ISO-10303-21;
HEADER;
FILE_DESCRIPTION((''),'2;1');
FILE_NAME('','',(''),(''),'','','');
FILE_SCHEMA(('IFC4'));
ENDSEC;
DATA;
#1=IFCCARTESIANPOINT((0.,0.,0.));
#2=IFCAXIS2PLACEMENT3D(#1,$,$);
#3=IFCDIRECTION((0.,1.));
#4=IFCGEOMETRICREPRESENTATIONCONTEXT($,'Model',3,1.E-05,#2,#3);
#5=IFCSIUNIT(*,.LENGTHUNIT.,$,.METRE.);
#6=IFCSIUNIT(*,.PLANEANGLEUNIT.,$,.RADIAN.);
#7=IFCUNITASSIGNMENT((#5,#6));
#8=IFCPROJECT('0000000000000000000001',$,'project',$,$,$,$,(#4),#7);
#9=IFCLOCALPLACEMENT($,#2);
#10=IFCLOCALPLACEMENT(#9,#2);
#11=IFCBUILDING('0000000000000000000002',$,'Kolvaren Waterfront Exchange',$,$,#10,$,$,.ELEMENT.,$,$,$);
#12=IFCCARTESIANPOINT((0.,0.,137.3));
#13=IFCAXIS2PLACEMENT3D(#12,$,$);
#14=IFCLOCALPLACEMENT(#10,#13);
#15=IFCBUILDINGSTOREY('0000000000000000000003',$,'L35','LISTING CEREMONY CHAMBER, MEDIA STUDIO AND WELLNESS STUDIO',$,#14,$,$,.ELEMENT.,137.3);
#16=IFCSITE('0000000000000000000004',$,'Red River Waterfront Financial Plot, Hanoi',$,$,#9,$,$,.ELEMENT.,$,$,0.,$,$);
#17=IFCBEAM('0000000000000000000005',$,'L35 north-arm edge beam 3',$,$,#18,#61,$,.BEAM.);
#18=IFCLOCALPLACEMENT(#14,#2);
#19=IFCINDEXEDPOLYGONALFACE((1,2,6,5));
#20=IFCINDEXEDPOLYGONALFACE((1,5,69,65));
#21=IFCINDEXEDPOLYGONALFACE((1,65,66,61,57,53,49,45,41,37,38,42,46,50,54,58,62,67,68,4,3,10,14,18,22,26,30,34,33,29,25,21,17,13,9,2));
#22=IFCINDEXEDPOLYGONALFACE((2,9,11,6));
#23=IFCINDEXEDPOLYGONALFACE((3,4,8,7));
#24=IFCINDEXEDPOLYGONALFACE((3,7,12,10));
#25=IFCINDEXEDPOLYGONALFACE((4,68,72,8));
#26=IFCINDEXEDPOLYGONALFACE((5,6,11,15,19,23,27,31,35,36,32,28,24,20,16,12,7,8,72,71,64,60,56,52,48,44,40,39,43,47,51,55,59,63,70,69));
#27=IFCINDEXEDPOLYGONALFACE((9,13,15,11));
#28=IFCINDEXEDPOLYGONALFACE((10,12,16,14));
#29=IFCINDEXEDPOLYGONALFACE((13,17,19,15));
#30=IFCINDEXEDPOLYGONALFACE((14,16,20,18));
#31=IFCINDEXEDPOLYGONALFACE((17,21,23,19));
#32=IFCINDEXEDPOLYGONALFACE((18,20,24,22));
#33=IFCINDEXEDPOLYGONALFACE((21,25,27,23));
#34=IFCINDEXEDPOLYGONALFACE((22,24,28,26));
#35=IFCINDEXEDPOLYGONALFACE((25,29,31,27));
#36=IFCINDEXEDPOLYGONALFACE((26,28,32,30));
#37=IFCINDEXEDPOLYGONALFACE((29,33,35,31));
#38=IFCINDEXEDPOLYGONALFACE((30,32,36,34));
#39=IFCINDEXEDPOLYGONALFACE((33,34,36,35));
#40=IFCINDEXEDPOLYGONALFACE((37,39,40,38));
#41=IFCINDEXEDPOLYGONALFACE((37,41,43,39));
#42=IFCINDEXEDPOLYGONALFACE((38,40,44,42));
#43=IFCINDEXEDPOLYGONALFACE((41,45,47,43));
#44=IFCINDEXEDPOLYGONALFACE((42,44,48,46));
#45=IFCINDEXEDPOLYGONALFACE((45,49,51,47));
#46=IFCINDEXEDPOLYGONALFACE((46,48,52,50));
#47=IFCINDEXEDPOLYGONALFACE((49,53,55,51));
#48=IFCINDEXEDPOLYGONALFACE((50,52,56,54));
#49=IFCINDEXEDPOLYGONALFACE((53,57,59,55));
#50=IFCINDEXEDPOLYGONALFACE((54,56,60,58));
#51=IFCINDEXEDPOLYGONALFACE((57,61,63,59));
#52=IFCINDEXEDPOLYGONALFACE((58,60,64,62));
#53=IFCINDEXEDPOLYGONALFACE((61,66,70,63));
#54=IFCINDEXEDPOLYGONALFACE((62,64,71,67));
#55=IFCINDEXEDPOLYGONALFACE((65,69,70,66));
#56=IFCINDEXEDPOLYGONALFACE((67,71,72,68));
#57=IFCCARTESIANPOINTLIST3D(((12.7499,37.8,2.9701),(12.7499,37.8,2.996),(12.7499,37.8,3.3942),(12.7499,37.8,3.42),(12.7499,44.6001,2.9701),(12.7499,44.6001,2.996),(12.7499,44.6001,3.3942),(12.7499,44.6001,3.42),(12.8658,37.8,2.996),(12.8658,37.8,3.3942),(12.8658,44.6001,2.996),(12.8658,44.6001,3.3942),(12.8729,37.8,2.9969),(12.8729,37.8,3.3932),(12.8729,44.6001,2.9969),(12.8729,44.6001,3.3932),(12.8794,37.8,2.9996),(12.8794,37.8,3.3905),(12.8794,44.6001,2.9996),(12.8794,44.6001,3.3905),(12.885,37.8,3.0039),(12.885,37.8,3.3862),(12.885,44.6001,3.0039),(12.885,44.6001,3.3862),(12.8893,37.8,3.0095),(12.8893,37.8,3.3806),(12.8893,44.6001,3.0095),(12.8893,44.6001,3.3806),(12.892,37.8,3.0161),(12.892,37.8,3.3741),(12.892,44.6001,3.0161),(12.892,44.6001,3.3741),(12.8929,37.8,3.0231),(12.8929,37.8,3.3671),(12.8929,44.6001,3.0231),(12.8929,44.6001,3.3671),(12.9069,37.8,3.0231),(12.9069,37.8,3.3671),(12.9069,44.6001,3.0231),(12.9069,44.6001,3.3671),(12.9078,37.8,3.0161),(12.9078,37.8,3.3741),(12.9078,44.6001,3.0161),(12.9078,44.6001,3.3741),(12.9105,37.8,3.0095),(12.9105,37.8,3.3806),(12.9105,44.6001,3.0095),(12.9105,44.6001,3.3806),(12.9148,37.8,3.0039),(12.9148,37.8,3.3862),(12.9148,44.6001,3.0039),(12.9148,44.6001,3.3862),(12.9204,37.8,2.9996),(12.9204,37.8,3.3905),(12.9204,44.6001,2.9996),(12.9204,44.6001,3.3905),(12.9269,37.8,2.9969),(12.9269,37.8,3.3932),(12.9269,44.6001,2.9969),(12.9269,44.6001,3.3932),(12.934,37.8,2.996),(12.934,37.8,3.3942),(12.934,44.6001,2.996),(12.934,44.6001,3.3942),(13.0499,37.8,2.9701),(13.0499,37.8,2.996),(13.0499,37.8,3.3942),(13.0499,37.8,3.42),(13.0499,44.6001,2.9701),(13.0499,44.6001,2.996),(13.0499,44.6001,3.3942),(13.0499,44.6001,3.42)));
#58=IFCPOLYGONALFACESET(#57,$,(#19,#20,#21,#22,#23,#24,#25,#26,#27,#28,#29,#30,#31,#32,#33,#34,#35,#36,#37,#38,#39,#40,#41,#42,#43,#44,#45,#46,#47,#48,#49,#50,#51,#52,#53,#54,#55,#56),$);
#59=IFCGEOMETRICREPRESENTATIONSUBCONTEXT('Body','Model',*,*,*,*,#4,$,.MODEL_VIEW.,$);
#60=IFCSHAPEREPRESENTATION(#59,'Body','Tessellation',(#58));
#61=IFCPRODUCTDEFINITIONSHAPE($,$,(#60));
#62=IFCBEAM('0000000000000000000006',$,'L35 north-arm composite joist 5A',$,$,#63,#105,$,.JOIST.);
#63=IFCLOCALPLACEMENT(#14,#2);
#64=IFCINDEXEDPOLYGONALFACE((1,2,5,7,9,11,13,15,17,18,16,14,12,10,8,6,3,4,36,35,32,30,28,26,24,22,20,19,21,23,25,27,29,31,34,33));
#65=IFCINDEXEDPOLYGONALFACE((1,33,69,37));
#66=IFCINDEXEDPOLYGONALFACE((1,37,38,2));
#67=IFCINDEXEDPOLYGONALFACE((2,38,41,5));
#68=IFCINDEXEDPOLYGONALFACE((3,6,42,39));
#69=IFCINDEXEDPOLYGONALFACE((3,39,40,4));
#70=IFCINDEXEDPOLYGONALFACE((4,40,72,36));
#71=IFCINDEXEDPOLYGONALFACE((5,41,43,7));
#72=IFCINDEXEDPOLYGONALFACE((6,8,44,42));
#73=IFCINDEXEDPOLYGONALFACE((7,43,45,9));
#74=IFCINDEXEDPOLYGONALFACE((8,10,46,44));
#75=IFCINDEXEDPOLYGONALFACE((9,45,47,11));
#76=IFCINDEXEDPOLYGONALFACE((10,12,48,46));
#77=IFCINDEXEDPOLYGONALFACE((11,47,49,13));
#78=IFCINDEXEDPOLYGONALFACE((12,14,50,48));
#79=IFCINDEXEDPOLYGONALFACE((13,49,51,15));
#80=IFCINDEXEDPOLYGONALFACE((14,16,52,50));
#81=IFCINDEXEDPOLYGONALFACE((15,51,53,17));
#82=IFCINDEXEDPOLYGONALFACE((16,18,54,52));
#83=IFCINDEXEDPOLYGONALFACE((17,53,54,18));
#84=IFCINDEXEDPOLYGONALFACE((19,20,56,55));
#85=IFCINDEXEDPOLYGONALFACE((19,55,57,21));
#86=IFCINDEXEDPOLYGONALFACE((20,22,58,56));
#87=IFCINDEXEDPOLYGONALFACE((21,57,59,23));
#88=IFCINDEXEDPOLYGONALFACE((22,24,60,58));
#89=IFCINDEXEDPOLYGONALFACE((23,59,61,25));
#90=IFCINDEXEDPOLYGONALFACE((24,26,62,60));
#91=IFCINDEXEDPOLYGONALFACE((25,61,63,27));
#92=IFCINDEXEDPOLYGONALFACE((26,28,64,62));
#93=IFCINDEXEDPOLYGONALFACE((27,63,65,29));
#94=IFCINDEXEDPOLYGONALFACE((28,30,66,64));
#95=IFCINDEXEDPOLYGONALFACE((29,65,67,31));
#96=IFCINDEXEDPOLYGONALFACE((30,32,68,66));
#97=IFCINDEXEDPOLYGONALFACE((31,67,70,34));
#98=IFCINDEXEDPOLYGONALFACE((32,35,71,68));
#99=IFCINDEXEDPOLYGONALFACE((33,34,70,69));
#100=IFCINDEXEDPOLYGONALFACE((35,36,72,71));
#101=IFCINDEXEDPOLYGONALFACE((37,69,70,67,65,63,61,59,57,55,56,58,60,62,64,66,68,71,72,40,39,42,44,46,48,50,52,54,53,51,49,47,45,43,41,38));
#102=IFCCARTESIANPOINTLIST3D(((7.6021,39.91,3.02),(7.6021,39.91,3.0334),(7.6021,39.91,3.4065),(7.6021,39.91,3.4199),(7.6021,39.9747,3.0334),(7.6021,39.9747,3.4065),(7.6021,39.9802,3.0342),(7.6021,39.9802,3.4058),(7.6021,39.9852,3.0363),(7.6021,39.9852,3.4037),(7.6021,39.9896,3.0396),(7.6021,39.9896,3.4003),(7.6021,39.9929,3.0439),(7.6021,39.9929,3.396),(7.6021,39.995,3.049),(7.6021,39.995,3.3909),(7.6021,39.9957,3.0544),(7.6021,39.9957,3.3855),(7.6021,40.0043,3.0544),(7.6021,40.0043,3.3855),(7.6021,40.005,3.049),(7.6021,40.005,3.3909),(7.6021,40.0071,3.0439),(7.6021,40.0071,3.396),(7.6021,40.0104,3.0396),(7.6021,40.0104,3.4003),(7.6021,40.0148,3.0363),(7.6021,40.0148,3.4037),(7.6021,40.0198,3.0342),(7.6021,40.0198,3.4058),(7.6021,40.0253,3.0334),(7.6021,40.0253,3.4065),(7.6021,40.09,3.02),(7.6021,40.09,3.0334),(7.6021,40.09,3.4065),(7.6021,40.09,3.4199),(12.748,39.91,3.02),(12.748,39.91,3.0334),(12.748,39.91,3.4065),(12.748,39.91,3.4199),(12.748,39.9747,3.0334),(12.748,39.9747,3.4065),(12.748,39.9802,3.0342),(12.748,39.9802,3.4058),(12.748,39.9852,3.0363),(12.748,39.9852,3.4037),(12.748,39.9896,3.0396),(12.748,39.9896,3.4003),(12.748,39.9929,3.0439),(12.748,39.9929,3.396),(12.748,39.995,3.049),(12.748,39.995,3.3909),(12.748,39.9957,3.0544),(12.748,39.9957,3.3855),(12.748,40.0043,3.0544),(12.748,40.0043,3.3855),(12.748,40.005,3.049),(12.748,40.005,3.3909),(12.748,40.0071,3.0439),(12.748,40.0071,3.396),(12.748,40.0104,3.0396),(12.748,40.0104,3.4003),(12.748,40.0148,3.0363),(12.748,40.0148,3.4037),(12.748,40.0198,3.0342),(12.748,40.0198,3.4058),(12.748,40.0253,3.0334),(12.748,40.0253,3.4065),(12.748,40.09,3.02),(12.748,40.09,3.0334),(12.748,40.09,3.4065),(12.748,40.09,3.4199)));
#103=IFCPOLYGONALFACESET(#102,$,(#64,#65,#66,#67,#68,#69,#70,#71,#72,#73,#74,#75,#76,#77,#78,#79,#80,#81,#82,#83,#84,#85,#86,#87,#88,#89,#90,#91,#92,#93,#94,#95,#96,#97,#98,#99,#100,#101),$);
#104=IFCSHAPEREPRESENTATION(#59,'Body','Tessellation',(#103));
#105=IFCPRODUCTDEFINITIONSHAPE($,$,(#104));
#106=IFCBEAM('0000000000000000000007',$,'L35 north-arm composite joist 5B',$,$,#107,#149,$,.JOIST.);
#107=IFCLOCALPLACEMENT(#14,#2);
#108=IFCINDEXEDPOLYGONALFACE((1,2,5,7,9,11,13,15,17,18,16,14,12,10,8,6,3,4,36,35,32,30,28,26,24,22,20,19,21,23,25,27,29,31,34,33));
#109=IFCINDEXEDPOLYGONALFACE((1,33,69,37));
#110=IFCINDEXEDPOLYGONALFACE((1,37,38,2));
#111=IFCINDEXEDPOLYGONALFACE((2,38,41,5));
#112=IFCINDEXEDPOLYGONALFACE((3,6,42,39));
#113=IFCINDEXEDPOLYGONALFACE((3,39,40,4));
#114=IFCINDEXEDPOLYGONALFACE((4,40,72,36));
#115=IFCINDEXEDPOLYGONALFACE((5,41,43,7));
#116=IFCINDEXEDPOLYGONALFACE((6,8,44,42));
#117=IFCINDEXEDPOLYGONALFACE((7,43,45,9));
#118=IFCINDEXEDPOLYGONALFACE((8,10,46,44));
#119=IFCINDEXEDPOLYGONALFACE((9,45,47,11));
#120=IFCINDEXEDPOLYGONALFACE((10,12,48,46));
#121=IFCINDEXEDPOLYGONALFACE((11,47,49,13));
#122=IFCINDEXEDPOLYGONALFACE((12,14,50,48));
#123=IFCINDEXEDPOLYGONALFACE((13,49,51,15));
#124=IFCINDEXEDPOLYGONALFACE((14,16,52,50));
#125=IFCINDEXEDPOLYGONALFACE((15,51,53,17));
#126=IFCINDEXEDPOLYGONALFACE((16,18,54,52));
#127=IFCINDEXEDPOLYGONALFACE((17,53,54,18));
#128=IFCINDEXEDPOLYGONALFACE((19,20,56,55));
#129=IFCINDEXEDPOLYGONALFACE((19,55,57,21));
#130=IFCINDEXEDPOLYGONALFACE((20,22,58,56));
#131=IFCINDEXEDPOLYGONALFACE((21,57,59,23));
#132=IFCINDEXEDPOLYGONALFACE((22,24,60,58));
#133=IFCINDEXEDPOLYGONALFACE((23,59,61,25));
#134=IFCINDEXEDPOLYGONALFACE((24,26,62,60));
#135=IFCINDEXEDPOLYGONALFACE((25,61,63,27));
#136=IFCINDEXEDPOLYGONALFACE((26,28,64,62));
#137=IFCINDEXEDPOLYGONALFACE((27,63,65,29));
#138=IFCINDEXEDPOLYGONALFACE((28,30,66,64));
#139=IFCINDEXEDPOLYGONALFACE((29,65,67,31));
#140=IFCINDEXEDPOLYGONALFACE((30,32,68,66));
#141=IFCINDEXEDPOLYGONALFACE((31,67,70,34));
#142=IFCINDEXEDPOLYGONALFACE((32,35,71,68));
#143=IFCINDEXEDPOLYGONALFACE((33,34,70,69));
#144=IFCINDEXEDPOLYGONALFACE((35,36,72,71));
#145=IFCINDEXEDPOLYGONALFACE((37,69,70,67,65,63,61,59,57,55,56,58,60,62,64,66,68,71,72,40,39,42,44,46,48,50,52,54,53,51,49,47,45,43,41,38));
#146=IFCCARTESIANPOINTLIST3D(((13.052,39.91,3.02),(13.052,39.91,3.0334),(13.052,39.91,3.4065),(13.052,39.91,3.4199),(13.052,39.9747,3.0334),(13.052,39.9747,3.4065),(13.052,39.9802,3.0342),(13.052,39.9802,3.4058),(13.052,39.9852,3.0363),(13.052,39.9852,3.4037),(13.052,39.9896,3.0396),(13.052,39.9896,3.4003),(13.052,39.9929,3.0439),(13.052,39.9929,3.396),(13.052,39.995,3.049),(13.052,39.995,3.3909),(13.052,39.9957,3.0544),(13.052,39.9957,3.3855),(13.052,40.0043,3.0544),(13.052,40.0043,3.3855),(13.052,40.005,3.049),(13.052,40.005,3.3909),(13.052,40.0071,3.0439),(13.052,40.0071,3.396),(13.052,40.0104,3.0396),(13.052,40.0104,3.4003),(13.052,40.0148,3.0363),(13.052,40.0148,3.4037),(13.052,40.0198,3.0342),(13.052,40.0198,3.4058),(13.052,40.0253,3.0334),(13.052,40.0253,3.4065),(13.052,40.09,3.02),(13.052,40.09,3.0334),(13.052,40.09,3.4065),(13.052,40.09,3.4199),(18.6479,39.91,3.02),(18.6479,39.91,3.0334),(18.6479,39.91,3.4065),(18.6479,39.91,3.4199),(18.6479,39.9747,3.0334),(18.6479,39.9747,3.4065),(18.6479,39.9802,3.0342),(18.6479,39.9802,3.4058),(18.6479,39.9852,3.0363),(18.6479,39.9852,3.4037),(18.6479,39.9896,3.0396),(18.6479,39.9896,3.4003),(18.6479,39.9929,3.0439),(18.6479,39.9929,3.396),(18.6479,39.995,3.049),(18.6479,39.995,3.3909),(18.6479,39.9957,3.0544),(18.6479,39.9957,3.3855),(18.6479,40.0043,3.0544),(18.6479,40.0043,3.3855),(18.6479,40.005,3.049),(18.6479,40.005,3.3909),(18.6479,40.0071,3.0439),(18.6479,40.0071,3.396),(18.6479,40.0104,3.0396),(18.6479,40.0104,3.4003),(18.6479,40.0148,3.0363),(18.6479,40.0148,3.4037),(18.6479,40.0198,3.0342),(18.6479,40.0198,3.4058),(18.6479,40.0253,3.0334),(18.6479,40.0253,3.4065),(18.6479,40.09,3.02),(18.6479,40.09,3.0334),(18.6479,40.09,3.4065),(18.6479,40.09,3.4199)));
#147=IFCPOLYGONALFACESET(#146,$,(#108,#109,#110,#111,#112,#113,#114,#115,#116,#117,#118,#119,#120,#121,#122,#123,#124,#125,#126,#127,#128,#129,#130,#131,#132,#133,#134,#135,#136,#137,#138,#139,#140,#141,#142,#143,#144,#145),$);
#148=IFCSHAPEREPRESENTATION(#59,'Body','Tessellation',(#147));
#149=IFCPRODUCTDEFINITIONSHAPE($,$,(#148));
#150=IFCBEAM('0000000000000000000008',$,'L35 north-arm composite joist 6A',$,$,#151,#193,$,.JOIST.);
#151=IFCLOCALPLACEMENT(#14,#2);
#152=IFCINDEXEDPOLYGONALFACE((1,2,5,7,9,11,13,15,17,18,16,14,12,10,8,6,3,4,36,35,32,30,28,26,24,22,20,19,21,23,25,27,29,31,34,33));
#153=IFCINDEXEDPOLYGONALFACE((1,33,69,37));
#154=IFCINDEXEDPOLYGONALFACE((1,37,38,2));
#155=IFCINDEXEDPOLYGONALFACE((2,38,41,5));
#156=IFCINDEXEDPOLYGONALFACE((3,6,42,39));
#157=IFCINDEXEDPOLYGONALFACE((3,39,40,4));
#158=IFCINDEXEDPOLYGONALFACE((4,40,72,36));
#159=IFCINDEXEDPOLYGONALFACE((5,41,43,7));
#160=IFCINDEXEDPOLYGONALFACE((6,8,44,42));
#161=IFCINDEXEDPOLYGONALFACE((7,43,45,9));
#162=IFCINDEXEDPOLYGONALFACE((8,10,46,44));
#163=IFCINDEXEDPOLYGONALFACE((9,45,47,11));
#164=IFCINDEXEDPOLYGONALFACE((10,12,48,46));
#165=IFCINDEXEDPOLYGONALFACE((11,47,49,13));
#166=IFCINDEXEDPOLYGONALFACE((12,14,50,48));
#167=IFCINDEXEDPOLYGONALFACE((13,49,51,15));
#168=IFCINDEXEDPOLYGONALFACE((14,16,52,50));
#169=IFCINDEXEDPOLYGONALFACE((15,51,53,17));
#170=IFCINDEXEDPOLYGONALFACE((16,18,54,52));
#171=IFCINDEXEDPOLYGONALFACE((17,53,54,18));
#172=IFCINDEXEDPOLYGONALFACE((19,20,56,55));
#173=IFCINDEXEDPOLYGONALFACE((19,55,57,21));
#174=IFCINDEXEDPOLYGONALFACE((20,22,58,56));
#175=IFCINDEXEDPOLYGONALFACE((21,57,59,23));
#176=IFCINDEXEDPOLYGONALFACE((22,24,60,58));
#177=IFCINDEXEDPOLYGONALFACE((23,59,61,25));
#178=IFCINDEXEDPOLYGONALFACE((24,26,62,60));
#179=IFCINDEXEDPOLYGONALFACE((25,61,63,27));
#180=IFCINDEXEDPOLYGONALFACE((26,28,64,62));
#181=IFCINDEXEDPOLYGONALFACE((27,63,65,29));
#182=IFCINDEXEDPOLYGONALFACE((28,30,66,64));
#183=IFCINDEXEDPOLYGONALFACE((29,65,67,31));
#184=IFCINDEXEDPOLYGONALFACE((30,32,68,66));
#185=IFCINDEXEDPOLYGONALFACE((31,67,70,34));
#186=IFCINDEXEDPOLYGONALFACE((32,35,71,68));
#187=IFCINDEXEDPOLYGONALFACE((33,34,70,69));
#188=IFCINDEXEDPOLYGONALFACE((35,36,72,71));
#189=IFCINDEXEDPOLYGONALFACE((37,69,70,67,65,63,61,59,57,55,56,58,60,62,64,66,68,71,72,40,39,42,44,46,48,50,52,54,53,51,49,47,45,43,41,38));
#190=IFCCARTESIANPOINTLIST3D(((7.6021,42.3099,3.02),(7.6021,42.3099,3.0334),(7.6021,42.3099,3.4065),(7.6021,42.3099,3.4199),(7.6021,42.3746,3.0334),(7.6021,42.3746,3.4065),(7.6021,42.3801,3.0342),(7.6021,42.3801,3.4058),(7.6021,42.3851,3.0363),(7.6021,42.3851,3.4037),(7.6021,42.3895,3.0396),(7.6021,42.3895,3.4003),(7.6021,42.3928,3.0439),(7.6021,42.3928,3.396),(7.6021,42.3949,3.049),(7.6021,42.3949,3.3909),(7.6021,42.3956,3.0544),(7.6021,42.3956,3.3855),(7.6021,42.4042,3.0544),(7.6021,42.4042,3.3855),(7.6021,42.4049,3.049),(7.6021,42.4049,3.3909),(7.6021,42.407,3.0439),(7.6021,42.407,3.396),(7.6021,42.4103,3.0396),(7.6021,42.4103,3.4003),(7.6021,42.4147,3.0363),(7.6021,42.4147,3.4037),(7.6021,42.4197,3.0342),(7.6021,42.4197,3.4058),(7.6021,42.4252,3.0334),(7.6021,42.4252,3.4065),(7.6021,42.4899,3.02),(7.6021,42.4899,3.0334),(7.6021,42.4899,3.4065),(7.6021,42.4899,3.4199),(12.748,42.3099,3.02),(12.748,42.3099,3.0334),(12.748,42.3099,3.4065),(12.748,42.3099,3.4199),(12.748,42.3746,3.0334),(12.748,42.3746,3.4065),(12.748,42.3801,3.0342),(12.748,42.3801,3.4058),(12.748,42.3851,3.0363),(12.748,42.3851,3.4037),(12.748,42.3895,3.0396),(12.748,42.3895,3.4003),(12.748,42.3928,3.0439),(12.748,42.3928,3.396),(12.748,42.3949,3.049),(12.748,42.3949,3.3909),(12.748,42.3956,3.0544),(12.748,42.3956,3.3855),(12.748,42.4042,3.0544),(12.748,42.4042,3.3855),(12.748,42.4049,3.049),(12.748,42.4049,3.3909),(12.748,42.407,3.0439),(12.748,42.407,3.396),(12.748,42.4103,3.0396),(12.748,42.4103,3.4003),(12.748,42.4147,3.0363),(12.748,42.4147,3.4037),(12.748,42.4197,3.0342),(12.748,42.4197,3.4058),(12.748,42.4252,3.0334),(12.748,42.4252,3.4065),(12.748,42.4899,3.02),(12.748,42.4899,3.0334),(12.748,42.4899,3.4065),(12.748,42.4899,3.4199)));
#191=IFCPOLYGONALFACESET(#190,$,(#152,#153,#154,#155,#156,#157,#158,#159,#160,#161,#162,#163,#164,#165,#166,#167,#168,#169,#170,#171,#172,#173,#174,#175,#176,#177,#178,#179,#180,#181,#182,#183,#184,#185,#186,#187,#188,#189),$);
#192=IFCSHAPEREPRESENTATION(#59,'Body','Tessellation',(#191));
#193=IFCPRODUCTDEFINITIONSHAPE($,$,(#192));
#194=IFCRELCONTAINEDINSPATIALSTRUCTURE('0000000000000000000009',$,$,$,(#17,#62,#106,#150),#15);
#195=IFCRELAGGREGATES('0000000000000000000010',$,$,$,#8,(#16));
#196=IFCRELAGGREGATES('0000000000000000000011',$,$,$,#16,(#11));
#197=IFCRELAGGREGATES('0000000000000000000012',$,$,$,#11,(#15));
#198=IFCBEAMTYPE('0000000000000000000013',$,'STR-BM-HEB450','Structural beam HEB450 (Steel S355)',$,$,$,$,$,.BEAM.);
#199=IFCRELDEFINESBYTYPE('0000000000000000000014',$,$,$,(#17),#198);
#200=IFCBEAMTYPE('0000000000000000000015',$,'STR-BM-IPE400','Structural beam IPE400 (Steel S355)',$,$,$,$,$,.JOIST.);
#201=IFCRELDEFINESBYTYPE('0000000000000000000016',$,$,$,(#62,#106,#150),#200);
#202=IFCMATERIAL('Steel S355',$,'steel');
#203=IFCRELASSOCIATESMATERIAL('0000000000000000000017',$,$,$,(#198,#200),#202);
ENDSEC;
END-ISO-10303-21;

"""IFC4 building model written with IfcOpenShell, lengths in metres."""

from ifc_helpers import new_model, si_unit, direction, frame, origin, origin_2d, place, context, subcontext, project, spatial, i_section, extrude, material, material_profile, profile_set, type_object, element, save


model = new_model("IFC4")

# Units and contexts
model_context = context("Model", 3, precision=1e-05, world=origin(), true_north=direction((0.0, 1.0)))
body_context = subcontext(model_context, "Body", "Model", "MODEL_VIEW")
ifc_project = project(units=[si_unit("LENGTHUNIT", "METRE"), si_unit("PLANEANGLEUNIT", "RADIAN")], contexts=[model_context])

# Site, building, storey
site_placement = place(None, origin())
site = spatial("IfcSite", under=ifc_project, at=site_placement, Name="Red River Waterfront Financial Plot, Hanoi", CompositionType="ELEMENT", RefElevation=0.0)
building_placement = place(site_placement, origin())
building = spatial("IfcBuilding", under=site, at=building_placement, Name="Kolvaren Waterfront Exchange", CompositionType="ELEMENT")
storey_placement = place(building_placement, frame((0.0, 0.0, 137.3)))
storey = spatial("IfcBuildingStorey", under=building, at=storey_placement, Name="L35", Description="LISTING CEREMONY CHAMBER, MEDIA STUDIO AND WELLNESS STUDIO", CompositionType="ELEMENT", Elevation=137.3)

# Beams
ifc_material_1 = material(Name="Steel S355", Category="steel")
ifc_material_profile_1 = material_profile(ifc_material_1, i_section(OverallWidth=0.3, OverallDepth=0.45, WebThickness=0.0139, FlangeThickness=0.0259, FilletRadius=0.0271, at=origin_2d()), Name="HEB450")
ifc_profile_set_1 = profile_set([ifc_material_profile_1], Name="Steel S355")
beam_type_1 = type_object("IfcBeamType", Name="STR-BM-HEB450", Description="Structural beam HEB450 (Steel S355)", PredefinedType="BEAM", material=ifc_profile_set_1)
beam_1_placement = place(storey_placement, frame((12.8999, 37.8, 3.1951), z_axis=(0.0, 1.0, 0.0), x_axis=(-1.0, 0.0, 0.0)))
element("IfcBeam", 1, at=beam_1_placement, inside=storey, type_object=beam_type_1, Name="L35 north-arm edge beam 3", PredefinedType="BEAM", context=body_context, shape_type="SweptSolid", body=[
    extrude(i_section(OverallWidth=0.3, OverallDepth=0.45, WebThickness=0.0139, FlangeThickness=0.0259, FilletRadius=0.0271, at=origin_2d()), origin(), (0.0, 0.0, 1.0), 6.8),
])
ifc_material_profile_2 = material_profile(ifc_material_1, i_section(OverallWidth=0.1799, OverallDepth=0.3999, WebThickness=0.0085, FlangeThickness=0.0134, FilletRadius=0.021, at=origin_2d()), Name="IPE400")
ifc_profile_set_2 = profile_set([ifc_material_profile_2], Name="Steel S355")
beam_type_2 = type_object("IfcBeamType", Name="STR-BM-IPE400", Description="Structural beam IPE400 (Steel S355)", PredefinedType="JOIST", material=ifc_profile_set_2)
beam_2_placement = place(storey_placement, frame((7.6021, 40.0, 3.22), z_axis=(1.0, 0.0, 0.0), x_axis=(0.0, 1.0, 0.0)))
element("IfcBeam", 2, at=beam_2_placement, inside=storey, type_object=beam_type_2, Name="L35 north-arm composite joist 5A", PredefinedType="JOIST", context=body_context, shape_type="SweptSolid", body=[
    extrude(i_section(OverallWidth=0.1799, OverallDepth=0.3999, WebThickness=0.0085, FlangeThickness=0.0134, FilletRadius=0.021, at=origin_2d()), origin(), (0.0, 0.0, 1.0), 5.146),
])
beam_3_placement = place(storey_placement, frame((13.052, 40.0, 3.22), z_axis=(1.0, 0.0, 0.0), x_axis=(0.0, 1.0, 0.0)))
element("IfcBeam", 3, at=beam_3_placement, inside=storey, type_object=beam_type_2, Name="L35 north-arm composite joist 5B", PredefinedType="JOIST", context=body_context, shape_type="SweptSolid", body=[
    extrude(i_section(OverallWidth=0.1799, OverallDepth=0.3999, WebThickness=0.0085, FlangeThickness=0.0134, FilletRadius=0.021, at=origin_2d()), origin(), (0.0, 0.0, 1.0), 5.5959),
])
beam_4_placement = place(storey_placement, frame((7.6021, 42.3999, 3.22), z_axis=(1.0, 0.0, 0.0), x_axis=(0.0, 1.0, 0.0)))
element("IfcBeam", 4, at=beam_4_placement, inside=storey, type_object=beam_type_2, Name="L35 north-arm composite joist 6A", PredefinedType="JOIST", context=body_context, shape_type="SweptSolid", body=[
    extrude(i_section(OverallWidth=0.1799, OverallDepth=0.3999, WebThickness=0.0085, FlangeThickness=0.0134, FilletRadius=0.021, at=origin_2d()), origin(), (0.0, 0.0, 1.0), 5.146),
])

save(model, "model.ifc")
